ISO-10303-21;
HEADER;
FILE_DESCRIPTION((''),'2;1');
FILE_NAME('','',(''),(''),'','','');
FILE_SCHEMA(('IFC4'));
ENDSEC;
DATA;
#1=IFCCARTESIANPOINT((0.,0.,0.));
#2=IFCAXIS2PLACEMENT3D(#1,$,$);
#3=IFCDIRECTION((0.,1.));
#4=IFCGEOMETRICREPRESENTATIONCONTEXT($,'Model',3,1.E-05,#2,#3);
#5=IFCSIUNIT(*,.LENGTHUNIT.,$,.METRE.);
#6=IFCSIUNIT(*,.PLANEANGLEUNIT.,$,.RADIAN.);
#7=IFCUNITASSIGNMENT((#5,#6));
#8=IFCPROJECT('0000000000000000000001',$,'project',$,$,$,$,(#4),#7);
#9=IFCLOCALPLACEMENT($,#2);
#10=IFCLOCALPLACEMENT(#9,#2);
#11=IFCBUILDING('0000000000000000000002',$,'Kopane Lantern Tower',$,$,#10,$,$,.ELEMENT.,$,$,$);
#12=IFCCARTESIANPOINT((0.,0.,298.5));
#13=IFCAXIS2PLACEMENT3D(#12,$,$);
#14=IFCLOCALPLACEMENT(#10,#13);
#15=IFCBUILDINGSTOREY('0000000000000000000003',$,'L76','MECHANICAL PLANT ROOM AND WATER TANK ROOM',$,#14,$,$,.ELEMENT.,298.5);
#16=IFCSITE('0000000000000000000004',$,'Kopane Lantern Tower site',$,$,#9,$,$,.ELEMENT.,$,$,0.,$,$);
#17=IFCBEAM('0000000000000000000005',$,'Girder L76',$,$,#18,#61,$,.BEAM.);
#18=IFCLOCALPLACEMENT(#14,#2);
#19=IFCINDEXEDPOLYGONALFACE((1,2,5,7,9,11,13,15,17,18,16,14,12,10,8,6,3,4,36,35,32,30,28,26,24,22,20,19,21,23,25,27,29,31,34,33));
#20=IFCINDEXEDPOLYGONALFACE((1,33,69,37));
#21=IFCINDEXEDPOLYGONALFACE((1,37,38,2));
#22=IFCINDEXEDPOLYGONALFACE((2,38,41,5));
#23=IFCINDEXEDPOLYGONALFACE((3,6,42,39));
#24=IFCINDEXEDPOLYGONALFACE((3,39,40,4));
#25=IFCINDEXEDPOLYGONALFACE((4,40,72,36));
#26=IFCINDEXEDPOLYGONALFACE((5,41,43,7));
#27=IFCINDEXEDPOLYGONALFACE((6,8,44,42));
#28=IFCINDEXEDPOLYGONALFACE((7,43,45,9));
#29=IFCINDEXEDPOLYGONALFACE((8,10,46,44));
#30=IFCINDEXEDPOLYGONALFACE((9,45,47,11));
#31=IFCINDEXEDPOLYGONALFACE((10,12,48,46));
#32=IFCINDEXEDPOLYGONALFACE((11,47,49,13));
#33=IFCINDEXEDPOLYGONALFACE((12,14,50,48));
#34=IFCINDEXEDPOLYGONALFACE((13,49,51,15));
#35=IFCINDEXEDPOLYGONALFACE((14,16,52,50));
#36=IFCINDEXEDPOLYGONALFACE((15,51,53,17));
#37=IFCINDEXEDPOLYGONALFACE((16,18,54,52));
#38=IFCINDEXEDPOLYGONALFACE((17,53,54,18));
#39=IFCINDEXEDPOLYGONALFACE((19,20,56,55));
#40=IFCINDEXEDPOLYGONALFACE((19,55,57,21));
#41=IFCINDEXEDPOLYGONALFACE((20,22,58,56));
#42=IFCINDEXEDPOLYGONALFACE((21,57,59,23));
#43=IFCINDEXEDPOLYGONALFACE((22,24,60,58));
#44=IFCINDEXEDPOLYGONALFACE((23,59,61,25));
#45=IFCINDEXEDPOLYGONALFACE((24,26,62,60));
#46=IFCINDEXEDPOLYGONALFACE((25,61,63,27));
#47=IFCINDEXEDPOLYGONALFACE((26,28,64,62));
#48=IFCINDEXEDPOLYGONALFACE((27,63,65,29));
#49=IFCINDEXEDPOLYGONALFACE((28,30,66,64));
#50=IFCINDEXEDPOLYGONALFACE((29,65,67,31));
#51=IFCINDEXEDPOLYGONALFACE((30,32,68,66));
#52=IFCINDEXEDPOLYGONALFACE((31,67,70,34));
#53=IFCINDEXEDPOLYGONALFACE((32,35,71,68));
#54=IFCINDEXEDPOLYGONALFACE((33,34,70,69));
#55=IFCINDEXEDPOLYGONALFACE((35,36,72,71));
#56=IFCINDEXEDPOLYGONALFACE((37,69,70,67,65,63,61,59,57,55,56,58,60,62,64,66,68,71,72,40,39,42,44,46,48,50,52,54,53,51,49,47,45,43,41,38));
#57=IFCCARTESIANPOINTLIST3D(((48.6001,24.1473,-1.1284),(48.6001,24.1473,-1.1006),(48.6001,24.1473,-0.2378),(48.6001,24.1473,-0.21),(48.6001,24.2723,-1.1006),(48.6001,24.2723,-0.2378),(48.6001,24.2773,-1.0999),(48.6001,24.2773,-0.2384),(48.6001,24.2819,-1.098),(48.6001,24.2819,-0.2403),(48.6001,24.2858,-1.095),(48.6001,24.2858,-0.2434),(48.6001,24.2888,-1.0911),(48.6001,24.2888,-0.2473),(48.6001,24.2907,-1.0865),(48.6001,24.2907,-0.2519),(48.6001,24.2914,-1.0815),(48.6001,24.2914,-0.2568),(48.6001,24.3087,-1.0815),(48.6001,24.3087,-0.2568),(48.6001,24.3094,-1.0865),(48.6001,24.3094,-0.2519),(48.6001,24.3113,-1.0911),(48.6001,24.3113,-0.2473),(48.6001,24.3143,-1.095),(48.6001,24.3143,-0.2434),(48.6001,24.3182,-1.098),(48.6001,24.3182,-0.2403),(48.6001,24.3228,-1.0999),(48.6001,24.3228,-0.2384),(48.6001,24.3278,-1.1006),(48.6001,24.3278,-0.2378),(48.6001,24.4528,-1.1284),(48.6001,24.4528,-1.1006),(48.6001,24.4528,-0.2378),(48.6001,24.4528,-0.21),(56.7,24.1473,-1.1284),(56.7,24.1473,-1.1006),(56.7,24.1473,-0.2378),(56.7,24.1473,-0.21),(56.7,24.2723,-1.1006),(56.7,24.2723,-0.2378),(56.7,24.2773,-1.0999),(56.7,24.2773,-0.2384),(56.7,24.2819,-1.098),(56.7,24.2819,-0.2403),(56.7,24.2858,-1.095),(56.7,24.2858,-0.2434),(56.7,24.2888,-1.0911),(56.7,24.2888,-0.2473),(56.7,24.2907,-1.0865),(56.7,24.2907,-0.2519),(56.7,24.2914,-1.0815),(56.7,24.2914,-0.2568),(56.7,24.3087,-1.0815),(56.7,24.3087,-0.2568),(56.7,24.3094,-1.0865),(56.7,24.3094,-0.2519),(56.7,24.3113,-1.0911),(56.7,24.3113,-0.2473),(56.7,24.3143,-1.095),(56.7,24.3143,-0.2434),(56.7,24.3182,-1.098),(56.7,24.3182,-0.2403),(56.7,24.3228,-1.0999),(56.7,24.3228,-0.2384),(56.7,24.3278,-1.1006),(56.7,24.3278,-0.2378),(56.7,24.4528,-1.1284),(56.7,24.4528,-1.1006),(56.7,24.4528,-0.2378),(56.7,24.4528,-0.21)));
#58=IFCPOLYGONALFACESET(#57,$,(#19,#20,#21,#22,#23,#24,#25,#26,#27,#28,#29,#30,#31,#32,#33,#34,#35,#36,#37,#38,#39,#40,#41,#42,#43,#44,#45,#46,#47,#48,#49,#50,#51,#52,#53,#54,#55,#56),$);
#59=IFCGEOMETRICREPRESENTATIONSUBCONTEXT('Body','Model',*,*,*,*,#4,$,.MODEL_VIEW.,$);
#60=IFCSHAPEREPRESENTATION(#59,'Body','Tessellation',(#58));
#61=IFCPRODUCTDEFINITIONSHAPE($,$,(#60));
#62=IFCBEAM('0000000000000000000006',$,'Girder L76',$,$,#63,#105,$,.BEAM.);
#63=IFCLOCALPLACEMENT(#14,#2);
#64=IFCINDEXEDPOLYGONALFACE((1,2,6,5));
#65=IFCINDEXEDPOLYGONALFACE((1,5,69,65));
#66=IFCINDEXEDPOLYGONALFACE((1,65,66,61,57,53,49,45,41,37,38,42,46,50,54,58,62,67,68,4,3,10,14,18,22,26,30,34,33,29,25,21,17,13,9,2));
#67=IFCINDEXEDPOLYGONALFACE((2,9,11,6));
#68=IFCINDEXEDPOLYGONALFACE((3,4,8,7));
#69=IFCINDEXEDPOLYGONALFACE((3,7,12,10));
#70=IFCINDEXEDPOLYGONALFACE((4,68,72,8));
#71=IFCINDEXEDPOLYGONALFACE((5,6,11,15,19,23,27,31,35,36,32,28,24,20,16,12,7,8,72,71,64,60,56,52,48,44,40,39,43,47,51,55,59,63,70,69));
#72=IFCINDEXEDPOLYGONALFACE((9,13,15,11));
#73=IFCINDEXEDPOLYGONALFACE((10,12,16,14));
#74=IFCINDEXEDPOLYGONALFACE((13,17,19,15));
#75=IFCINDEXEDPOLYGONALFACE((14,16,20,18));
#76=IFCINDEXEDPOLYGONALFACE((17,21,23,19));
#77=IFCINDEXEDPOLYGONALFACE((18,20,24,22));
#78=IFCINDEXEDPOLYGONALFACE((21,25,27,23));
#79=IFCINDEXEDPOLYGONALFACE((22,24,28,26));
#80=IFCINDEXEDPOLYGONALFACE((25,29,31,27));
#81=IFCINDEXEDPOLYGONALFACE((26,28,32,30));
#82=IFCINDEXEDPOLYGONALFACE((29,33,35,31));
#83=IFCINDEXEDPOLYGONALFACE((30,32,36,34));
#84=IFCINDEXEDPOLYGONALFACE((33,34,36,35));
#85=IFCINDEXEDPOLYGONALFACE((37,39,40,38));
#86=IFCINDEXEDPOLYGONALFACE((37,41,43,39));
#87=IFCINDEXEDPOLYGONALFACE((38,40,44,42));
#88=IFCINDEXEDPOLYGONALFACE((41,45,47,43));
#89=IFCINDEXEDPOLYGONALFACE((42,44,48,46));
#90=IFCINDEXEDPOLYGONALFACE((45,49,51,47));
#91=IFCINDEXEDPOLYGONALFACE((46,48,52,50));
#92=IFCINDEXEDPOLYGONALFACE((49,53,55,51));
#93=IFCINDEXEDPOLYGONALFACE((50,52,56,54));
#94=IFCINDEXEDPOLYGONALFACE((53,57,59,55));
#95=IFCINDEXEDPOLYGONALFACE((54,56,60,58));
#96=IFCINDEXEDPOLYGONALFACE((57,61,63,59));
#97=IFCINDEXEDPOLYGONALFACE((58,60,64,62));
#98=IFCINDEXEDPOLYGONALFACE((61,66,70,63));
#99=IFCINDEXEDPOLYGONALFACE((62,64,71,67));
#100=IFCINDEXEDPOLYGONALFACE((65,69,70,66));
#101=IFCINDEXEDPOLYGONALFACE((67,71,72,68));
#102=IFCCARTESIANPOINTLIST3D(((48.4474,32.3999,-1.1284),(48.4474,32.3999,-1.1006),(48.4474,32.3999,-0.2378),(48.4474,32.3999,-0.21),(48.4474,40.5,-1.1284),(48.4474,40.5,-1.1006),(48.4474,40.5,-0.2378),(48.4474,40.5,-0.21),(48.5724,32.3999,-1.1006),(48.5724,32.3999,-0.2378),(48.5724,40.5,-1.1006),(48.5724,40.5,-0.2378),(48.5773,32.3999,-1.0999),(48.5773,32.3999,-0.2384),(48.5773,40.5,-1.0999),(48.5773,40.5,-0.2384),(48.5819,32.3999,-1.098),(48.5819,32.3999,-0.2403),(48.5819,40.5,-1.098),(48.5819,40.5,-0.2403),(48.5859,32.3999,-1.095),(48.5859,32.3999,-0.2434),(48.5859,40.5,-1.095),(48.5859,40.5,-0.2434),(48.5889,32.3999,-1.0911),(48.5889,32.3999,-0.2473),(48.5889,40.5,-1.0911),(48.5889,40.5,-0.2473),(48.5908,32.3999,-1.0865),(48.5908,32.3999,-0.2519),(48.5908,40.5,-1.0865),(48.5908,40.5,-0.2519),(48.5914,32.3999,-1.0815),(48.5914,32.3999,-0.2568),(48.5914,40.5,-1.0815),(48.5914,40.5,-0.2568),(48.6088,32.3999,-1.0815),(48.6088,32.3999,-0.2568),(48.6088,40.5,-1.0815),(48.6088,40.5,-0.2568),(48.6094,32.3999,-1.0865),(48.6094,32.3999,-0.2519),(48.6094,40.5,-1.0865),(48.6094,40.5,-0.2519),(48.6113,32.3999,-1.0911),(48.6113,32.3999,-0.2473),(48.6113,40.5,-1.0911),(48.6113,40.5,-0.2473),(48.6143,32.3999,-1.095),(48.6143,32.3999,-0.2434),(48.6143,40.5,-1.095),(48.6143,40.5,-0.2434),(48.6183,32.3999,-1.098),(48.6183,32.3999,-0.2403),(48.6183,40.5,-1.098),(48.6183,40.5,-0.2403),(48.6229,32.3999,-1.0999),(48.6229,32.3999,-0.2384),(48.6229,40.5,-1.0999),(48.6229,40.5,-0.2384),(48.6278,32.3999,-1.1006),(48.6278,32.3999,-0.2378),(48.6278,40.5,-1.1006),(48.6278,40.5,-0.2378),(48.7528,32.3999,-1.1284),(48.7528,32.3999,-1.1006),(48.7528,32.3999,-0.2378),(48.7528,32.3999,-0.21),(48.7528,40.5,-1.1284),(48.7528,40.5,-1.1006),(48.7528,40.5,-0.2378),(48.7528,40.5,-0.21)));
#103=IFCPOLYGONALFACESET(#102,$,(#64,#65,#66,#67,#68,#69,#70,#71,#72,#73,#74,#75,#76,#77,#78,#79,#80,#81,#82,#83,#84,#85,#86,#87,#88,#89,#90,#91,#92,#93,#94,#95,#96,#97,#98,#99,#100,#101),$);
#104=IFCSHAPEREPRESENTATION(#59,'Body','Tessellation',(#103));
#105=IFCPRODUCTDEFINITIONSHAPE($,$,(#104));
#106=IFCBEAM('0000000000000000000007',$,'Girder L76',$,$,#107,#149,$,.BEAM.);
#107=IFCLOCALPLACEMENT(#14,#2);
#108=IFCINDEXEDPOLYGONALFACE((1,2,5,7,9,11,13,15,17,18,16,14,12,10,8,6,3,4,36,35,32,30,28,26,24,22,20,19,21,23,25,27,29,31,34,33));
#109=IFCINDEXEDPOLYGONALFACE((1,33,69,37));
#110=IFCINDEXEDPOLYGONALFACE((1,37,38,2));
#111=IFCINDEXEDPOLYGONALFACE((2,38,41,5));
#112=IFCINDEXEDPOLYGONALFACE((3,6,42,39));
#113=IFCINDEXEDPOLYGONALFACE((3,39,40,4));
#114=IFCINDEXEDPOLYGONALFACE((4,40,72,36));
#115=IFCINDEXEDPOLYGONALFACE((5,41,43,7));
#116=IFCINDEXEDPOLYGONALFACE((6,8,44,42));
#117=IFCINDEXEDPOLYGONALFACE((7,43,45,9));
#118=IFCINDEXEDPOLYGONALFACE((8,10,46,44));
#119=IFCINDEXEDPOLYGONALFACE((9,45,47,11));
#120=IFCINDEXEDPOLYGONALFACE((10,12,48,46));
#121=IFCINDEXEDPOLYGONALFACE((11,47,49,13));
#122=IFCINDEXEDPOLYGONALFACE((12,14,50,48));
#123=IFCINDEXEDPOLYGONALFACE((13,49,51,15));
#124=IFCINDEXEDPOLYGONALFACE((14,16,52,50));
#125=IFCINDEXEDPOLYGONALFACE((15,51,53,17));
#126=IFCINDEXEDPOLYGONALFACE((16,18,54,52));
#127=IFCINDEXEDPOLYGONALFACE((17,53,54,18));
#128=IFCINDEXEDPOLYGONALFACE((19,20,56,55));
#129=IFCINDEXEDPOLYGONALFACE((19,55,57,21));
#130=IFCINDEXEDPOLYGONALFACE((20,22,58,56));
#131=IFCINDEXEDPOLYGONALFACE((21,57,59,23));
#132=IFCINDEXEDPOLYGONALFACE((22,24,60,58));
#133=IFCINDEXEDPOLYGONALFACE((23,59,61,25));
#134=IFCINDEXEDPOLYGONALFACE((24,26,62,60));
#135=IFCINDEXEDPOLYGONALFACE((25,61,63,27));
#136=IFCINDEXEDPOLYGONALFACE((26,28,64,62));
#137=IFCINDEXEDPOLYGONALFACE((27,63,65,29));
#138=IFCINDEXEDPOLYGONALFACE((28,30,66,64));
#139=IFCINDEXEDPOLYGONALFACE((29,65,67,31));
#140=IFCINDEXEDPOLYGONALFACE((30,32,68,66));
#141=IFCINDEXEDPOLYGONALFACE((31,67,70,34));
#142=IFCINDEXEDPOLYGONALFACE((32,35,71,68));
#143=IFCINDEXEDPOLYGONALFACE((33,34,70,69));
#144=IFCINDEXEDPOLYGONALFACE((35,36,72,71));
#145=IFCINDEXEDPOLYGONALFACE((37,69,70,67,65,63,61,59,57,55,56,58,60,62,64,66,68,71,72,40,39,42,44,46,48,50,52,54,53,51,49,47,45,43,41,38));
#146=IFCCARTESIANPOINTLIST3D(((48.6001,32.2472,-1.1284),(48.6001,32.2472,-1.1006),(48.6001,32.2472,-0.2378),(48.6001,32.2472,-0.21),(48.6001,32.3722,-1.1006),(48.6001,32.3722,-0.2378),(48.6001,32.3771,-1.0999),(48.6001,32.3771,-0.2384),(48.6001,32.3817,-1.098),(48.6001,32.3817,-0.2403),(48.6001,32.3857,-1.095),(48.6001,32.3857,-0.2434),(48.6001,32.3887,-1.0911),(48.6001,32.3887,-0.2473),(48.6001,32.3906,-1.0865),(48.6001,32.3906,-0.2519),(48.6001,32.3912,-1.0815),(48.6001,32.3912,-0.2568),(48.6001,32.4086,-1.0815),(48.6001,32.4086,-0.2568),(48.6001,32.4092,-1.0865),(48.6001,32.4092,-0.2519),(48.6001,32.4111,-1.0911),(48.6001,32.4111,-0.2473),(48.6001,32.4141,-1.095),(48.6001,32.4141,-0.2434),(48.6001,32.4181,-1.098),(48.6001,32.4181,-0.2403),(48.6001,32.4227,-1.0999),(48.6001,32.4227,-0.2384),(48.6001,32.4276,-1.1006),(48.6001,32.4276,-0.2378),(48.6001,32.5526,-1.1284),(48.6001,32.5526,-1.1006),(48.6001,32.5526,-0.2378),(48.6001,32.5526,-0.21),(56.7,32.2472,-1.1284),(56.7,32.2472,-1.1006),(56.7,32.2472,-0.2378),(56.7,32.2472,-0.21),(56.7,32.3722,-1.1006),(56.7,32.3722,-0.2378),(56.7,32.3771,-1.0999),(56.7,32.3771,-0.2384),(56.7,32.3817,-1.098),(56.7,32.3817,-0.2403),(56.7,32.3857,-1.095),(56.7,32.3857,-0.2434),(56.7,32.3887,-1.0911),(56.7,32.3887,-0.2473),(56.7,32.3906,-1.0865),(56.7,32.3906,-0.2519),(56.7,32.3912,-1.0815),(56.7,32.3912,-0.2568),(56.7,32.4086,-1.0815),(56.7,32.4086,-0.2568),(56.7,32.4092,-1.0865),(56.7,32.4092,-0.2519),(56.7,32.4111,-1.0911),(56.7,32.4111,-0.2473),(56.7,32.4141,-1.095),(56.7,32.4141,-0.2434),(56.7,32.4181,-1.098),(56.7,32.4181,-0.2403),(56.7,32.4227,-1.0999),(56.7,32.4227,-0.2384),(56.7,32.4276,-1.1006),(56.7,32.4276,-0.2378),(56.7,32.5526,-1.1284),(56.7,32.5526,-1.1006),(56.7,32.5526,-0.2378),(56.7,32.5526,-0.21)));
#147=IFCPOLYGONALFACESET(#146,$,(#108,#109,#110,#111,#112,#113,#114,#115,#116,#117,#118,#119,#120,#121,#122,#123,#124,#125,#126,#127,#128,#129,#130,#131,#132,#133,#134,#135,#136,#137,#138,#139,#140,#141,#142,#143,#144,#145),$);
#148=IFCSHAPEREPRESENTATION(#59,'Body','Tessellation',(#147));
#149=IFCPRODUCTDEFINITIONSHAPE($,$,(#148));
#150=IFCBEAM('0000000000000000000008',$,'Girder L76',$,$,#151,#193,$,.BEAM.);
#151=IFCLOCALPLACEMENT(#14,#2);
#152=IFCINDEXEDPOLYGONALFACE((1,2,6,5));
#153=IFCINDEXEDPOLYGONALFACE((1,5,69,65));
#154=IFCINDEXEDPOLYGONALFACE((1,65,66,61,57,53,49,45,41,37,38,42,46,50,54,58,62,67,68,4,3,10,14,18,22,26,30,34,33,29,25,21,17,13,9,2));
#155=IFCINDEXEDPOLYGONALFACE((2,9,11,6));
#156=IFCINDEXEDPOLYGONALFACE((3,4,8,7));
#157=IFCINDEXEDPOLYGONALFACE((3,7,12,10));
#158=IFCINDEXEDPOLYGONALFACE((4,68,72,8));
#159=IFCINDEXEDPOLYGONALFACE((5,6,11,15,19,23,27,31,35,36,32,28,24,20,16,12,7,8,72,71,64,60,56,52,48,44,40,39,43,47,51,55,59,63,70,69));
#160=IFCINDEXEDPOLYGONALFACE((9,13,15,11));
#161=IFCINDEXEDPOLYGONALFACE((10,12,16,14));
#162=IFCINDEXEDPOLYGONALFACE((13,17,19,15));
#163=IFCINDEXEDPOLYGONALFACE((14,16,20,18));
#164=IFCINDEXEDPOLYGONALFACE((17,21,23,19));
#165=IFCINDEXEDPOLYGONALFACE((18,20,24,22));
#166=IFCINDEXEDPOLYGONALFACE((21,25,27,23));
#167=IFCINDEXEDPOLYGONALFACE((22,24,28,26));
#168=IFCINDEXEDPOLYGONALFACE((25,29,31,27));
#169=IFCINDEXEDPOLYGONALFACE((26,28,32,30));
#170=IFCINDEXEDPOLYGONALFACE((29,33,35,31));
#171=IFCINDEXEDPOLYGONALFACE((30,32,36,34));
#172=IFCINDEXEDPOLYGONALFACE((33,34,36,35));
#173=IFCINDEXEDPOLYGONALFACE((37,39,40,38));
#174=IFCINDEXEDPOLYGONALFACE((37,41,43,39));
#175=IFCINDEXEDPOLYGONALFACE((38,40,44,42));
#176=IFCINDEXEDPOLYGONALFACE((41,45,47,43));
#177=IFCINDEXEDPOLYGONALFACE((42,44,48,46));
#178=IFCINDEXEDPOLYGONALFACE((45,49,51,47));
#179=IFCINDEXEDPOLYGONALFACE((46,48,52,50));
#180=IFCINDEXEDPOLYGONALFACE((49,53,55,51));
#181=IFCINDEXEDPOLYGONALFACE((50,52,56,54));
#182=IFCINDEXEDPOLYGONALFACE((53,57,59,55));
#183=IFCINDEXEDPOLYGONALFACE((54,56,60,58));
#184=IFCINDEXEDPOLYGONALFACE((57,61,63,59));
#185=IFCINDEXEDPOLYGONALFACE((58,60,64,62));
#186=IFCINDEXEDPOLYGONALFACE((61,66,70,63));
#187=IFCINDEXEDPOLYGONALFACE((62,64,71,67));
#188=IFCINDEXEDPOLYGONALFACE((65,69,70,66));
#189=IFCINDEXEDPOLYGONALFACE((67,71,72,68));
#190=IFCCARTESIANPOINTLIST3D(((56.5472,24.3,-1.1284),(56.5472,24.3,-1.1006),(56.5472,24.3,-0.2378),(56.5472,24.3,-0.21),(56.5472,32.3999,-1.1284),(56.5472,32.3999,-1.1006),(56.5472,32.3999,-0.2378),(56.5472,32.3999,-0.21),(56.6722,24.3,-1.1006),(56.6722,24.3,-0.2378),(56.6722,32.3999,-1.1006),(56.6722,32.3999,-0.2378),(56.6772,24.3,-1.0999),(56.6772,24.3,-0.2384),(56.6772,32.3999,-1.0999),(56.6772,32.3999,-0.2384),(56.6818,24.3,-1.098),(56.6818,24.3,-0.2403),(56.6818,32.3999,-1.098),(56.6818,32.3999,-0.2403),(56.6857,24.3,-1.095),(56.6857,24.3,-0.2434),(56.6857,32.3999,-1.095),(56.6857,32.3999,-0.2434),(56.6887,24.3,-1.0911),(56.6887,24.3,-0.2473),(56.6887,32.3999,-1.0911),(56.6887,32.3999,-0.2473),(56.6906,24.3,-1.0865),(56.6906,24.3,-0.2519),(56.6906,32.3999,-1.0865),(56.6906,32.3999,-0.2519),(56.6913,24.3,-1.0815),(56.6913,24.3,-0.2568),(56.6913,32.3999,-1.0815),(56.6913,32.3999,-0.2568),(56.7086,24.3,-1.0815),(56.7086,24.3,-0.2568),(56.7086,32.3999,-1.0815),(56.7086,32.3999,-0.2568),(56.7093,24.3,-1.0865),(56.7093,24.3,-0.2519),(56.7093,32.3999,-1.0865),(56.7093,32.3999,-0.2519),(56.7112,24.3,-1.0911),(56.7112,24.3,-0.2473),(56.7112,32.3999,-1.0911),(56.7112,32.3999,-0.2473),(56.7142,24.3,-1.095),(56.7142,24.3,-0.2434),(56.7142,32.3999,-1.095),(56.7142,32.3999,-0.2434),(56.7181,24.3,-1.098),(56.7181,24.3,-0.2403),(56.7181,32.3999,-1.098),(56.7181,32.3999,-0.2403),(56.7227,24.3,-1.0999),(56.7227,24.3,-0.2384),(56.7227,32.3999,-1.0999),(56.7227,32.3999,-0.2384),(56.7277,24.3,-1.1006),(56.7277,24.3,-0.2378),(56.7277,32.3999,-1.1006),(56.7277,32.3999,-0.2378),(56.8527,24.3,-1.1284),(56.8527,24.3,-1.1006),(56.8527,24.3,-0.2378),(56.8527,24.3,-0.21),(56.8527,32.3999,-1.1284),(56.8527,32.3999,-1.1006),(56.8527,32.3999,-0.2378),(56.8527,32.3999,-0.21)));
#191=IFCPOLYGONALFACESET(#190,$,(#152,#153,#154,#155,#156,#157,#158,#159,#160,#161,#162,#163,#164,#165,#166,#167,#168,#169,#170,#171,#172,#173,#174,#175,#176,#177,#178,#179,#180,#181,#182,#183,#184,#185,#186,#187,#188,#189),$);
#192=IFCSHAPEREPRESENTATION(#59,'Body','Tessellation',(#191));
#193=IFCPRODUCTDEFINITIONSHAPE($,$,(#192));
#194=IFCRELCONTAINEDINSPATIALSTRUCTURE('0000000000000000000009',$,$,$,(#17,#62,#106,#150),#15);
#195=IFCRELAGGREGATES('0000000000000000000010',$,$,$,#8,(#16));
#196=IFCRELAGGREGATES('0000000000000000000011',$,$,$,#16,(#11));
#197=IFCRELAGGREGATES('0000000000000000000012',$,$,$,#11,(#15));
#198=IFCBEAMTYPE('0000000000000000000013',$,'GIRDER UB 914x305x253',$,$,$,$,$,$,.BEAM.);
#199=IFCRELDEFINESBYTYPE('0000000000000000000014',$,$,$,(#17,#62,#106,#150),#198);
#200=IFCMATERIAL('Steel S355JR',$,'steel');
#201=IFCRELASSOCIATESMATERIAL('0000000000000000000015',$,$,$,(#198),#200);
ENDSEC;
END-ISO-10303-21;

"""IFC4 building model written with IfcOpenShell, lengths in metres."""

from ifc_helpers import new_model, si_unit, direction, frame, origin, origin_2d, place, context, subcontext, project, spatial, i_section, extrude, material, material_profile, profile_set, type_object, element, save


model = new_model("IFC4")

# Units and contexts
model_context = context("Model", 3, precision=1e-05, world=origin(), true_north=direction((0.0, 1.0)))
body_context = subcontext(model_context, "Body", "Model", "MODEL_VIEW")
ifc_project = project(units=[si_unit("LENGTHUNIT", "METRE"), si_unit("PLANEANGLEUNIT", "RADIAN")], contexts=[model_context])

# Site, building, storey
site_placement = place(None, origin())
site = spatial("IfcSite", under=ifc_project, at=site_placement, Name="Kopane Lantern Tower site", CompositionType="ELEMENT", RefElevation=0.0)
building_placement = place(site_placement, origin())
building = spatial("IfcBuilding", under=site, at=building_placement, Name="Kopane Lantern Tower", CompositionType="ELEMENT")
storey_placement = place(building_placement, frame((0.0, 0.0, 298.5)))
storey = spatial("IfcBuildingStorey", under=building, at=storey_placement, Name="L76", Description="MECHANICAL PLANT ROOM AND WATER TANK ROOM", CompositionType="ELEMENT", Elevation=298.5)

# Beams
ifc_material_1 = material(Name="Steel S355JR", Category="steel")
ifc_material_profile_1 = material_profile(ifc_material_1, i_section(OverallWidth=0.3054, OverallDepth=0.9185, WebThickness=0.0173, FlangeThickness=0.0278, FilletRadius=0.019, at=origin_2d()), Name="UB 914x305x253")
ifc_profile_set_1 = profile_set([ifc_material_profile_1], Name="Steel S355JR")
beam_type = type_object("IfcBeamType", Name="GIRDER UB 914x305x253", PredefinedType="BEAM", material=ifc_profile_set_1)
for number, where, z_axis, x_axis, name in (
    (1, (48.6001, 24.3, -0.6692), (1.0, 0.0, 0.0), (0.0, 1.0, 0.0), "Girder L76"),
):
    element("IfcBeam", number, at=place(storey_placement, frame(where, z_axis=z_axis, x_axis=x_axis)), inside=storey, type_object=beam_type, Name=name, PredefinedType="BEAM", context=body_context, shape_type="SweptSolid", body=[
        extrude(i_section(OverallWidth=0.3054, OverallDepth=0.9185, WebThickness=0.0173, FlangeThickness=0.0278, FilletRadius=0.019, at=origin_2d()), origin(), (0.0, 0.0, 1.0), 8.0999),
    ])
beam_1_placement = place(storey_placement, frame((48.6001, 32.3999, -0.6692), z_axis=(0.0, 1.0, 0.0), x_axis=(-1.0, 0.0, 0.0)))
element("IfcBeam", 2, at=beam_1_placement, inside=storey, type_object=beam_type, Name="Girder L76", PredefinedType="BEAM", context=body_context, shape_type="SweptSolid", body=[
    extrude(i_section(OverallWidth=0.3054, OverallDepth=0.9185, WebThickness=0.0173, FlangeThickness=0.0278, FilletRadius=0.019, at=origin_2d()), origin(), (0.0, 0.0, 1.0), 8.1001),
])
for number, where, z_axis, x_axis, name in (
    (3, (48.6001, 32.3999, -0.6692), (1.0, 0.0, 0.0), (0.0, 1.0, 0.0), "Girder L76"),
    (4, (56.7, 24.3, -0.6692), (0.0, 1.0, 0.0), (-1.0, 0.0, 0.0), "Girder L76"),
):
    element("IfcBeam", number, at=place(storey_placement, frame(where, z_axis=z_axis, x_axis=x_axis)), inside=storey, type_object=beam_type, Name=name, PredefinedType="BEAM", context=body_context, shape_type="SweptSolid", body=[
        extrude(i_section(OverallWidth=0.3054, OverallDepth=0.9185, WebThickness=0.0173, FlangeThickness=0.0278, FilletRadius=0.019, at=origin_2d()), origin(), (0.0, 0.0, 1.0), 8.0999),
    ])

save(model, "model.ifc")
